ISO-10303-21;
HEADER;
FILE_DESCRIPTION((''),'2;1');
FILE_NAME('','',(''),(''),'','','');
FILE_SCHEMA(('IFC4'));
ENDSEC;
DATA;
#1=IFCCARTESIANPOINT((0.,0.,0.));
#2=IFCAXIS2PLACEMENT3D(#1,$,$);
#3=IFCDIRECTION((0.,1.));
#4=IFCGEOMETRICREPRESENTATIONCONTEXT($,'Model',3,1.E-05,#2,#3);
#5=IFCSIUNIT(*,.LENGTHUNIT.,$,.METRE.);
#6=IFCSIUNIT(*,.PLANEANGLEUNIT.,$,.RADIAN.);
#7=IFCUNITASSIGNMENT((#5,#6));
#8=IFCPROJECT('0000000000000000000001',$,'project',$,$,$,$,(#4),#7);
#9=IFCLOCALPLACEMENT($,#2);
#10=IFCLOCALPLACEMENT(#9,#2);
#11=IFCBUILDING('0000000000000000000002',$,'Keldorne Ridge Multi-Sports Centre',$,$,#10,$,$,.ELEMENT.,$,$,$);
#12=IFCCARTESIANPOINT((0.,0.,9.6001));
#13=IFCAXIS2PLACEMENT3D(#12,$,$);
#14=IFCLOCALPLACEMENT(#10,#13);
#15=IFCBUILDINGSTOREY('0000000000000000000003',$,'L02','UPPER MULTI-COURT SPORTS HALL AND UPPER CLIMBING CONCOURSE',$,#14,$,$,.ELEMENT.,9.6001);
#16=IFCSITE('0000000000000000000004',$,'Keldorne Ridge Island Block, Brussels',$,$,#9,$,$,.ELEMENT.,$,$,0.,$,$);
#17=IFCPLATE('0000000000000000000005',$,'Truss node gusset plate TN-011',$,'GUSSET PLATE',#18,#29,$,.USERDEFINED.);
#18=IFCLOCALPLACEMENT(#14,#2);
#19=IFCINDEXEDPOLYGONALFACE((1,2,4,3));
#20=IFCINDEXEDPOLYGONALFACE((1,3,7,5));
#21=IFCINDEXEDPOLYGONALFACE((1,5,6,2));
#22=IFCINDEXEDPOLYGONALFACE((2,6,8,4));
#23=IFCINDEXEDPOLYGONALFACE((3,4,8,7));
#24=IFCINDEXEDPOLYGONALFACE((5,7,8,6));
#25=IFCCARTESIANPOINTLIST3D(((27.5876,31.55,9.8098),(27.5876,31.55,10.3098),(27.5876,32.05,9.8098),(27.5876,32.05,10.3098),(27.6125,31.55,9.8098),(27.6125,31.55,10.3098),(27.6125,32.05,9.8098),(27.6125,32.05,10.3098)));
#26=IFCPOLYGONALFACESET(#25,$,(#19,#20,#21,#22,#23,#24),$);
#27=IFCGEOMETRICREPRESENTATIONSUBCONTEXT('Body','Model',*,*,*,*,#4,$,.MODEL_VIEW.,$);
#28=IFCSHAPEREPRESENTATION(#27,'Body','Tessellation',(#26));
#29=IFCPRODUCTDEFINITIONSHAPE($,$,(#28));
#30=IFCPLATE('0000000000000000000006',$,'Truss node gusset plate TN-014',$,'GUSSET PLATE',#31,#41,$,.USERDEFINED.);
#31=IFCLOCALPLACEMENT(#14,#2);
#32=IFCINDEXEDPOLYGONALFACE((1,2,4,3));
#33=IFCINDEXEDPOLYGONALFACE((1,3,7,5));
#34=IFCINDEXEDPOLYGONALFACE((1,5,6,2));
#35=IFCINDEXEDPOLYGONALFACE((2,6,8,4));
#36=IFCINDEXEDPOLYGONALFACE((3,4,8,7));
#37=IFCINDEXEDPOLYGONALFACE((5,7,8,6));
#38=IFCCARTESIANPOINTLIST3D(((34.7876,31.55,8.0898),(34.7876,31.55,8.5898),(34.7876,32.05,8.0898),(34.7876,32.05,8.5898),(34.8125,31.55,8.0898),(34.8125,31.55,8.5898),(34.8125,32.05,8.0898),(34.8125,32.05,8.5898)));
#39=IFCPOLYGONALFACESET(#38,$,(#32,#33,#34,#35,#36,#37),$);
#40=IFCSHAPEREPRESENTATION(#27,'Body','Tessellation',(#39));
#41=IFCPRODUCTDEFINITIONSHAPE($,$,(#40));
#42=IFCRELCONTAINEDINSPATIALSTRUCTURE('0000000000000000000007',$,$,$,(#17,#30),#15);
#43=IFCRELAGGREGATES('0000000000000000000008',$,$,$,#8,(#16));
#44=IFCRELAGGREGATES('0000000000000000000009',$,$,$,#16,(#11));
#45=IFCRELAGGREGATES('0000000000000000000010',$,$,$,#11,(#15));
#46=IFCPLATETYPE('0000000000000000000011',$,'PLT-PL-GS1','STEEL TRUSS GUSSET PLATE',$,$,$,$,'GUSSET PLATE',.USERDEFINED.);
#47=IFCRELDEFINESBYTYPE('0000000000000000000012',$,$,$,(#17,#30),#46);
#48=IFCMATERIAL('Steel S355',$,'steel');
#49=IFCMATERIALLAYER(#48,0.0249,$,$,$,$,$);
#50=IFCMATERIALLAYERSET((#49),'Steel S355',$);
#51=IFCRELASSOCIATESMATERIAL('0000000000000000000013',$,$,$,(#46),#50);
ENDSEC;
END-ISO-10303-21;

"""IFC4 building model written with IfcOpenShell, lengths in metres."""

from ifc_helpers import new_model, si_unit, direction, frame, origin, origin_2d, place, context, subcontext, project, spatial, rectangle, extrude, material, layer, layer_set, type_object, element, save


model = new_model("IFC4")

# Units and contexts
model_context = context("Model", 3, precision=1e-05, world=origin(), true_north=direction((0.0, 1.0)))
body_context = subcontext(model_context, "Body", "Model", "MODEL_VIEW")
ifc_project = project(units=[si_unit("LENGTHUNIT", "METRE"), si_unit("PLANEANGLEUNIT", "RADIAN")], contexts=[model_context])

# Site, building, storey
site_placement = place(None, origin())
site = spatial("IfcSite", under=ifc_project, at=site_placement, Name="Keldorne Ridge Island Block, Brussels", CompositionType="ELEMENT", RefElevation=0.0)
building_placement = place(site_placement, origin())
building = spatial("IfcBuilding", under=site, at=building_placement, Name="Keldorne Ridge Multi-Sports Centre", CompositionType="ELEMENT")
storey_placement = place(building_placement, frame((0.0, 0.0, 9.6001)))
storey = spatial("IfcBuildingStorey", under=building, at=storey_placement, Name="L02", Description="UPPER MULTI-COURT SPORTS HALL AND UPPER CLIMBING CONCOURSE", CompositionType="ELEMENT", Elevation=9.6001)

# Shared definitions
ifc_material = material(Name="Steel S355", Category="steel")

# Plates
ifc_layer = layer(ifc_material, 0.0249)
ifc_layer_set = layer_set([ifc_layer], Name="Steel S355")
plate_type = type_object("IfcPlateType", Name="PLT-PL-GS1", Description="STEEL TRUSS GUSSET PLATE", ElementType="GUSSET PLATE", PredefinedType="USERDEFINED", material=ifc_layer_set)
for number, where, z_axis, x_axis, name in (
    (1, (27.6001, 31.8, 9.8098), (0.0, 0.0, 1.0), (1.0, 0.0, 0.0), "Truss node gusset plate TN-011"),
    (2, (34.8, 31.8, 8.0898), (0.0, 0.0, 1.0), (1.0, 0.0, 0.0), "Truss node gusset plate TN-014"),
):
    element("IfcPlate", number, at=place(storey_placement, frame(where, z_axis=z_axis, x_axis=x_axis)), inside=storey, type_object=plate_type, Name=name, ObjectType="GUSSET PLATE", PredefinedType="USERDEFINED", context=body_context, shape_type="SweptSolid", body=[
        extrude(rectangle(XDim=0.0249, YDim=0.5, at=origin_2d()), origin(), (0.0, 0.0, 1.0), 0.5),
    ])

save(model, "model.ifc")
